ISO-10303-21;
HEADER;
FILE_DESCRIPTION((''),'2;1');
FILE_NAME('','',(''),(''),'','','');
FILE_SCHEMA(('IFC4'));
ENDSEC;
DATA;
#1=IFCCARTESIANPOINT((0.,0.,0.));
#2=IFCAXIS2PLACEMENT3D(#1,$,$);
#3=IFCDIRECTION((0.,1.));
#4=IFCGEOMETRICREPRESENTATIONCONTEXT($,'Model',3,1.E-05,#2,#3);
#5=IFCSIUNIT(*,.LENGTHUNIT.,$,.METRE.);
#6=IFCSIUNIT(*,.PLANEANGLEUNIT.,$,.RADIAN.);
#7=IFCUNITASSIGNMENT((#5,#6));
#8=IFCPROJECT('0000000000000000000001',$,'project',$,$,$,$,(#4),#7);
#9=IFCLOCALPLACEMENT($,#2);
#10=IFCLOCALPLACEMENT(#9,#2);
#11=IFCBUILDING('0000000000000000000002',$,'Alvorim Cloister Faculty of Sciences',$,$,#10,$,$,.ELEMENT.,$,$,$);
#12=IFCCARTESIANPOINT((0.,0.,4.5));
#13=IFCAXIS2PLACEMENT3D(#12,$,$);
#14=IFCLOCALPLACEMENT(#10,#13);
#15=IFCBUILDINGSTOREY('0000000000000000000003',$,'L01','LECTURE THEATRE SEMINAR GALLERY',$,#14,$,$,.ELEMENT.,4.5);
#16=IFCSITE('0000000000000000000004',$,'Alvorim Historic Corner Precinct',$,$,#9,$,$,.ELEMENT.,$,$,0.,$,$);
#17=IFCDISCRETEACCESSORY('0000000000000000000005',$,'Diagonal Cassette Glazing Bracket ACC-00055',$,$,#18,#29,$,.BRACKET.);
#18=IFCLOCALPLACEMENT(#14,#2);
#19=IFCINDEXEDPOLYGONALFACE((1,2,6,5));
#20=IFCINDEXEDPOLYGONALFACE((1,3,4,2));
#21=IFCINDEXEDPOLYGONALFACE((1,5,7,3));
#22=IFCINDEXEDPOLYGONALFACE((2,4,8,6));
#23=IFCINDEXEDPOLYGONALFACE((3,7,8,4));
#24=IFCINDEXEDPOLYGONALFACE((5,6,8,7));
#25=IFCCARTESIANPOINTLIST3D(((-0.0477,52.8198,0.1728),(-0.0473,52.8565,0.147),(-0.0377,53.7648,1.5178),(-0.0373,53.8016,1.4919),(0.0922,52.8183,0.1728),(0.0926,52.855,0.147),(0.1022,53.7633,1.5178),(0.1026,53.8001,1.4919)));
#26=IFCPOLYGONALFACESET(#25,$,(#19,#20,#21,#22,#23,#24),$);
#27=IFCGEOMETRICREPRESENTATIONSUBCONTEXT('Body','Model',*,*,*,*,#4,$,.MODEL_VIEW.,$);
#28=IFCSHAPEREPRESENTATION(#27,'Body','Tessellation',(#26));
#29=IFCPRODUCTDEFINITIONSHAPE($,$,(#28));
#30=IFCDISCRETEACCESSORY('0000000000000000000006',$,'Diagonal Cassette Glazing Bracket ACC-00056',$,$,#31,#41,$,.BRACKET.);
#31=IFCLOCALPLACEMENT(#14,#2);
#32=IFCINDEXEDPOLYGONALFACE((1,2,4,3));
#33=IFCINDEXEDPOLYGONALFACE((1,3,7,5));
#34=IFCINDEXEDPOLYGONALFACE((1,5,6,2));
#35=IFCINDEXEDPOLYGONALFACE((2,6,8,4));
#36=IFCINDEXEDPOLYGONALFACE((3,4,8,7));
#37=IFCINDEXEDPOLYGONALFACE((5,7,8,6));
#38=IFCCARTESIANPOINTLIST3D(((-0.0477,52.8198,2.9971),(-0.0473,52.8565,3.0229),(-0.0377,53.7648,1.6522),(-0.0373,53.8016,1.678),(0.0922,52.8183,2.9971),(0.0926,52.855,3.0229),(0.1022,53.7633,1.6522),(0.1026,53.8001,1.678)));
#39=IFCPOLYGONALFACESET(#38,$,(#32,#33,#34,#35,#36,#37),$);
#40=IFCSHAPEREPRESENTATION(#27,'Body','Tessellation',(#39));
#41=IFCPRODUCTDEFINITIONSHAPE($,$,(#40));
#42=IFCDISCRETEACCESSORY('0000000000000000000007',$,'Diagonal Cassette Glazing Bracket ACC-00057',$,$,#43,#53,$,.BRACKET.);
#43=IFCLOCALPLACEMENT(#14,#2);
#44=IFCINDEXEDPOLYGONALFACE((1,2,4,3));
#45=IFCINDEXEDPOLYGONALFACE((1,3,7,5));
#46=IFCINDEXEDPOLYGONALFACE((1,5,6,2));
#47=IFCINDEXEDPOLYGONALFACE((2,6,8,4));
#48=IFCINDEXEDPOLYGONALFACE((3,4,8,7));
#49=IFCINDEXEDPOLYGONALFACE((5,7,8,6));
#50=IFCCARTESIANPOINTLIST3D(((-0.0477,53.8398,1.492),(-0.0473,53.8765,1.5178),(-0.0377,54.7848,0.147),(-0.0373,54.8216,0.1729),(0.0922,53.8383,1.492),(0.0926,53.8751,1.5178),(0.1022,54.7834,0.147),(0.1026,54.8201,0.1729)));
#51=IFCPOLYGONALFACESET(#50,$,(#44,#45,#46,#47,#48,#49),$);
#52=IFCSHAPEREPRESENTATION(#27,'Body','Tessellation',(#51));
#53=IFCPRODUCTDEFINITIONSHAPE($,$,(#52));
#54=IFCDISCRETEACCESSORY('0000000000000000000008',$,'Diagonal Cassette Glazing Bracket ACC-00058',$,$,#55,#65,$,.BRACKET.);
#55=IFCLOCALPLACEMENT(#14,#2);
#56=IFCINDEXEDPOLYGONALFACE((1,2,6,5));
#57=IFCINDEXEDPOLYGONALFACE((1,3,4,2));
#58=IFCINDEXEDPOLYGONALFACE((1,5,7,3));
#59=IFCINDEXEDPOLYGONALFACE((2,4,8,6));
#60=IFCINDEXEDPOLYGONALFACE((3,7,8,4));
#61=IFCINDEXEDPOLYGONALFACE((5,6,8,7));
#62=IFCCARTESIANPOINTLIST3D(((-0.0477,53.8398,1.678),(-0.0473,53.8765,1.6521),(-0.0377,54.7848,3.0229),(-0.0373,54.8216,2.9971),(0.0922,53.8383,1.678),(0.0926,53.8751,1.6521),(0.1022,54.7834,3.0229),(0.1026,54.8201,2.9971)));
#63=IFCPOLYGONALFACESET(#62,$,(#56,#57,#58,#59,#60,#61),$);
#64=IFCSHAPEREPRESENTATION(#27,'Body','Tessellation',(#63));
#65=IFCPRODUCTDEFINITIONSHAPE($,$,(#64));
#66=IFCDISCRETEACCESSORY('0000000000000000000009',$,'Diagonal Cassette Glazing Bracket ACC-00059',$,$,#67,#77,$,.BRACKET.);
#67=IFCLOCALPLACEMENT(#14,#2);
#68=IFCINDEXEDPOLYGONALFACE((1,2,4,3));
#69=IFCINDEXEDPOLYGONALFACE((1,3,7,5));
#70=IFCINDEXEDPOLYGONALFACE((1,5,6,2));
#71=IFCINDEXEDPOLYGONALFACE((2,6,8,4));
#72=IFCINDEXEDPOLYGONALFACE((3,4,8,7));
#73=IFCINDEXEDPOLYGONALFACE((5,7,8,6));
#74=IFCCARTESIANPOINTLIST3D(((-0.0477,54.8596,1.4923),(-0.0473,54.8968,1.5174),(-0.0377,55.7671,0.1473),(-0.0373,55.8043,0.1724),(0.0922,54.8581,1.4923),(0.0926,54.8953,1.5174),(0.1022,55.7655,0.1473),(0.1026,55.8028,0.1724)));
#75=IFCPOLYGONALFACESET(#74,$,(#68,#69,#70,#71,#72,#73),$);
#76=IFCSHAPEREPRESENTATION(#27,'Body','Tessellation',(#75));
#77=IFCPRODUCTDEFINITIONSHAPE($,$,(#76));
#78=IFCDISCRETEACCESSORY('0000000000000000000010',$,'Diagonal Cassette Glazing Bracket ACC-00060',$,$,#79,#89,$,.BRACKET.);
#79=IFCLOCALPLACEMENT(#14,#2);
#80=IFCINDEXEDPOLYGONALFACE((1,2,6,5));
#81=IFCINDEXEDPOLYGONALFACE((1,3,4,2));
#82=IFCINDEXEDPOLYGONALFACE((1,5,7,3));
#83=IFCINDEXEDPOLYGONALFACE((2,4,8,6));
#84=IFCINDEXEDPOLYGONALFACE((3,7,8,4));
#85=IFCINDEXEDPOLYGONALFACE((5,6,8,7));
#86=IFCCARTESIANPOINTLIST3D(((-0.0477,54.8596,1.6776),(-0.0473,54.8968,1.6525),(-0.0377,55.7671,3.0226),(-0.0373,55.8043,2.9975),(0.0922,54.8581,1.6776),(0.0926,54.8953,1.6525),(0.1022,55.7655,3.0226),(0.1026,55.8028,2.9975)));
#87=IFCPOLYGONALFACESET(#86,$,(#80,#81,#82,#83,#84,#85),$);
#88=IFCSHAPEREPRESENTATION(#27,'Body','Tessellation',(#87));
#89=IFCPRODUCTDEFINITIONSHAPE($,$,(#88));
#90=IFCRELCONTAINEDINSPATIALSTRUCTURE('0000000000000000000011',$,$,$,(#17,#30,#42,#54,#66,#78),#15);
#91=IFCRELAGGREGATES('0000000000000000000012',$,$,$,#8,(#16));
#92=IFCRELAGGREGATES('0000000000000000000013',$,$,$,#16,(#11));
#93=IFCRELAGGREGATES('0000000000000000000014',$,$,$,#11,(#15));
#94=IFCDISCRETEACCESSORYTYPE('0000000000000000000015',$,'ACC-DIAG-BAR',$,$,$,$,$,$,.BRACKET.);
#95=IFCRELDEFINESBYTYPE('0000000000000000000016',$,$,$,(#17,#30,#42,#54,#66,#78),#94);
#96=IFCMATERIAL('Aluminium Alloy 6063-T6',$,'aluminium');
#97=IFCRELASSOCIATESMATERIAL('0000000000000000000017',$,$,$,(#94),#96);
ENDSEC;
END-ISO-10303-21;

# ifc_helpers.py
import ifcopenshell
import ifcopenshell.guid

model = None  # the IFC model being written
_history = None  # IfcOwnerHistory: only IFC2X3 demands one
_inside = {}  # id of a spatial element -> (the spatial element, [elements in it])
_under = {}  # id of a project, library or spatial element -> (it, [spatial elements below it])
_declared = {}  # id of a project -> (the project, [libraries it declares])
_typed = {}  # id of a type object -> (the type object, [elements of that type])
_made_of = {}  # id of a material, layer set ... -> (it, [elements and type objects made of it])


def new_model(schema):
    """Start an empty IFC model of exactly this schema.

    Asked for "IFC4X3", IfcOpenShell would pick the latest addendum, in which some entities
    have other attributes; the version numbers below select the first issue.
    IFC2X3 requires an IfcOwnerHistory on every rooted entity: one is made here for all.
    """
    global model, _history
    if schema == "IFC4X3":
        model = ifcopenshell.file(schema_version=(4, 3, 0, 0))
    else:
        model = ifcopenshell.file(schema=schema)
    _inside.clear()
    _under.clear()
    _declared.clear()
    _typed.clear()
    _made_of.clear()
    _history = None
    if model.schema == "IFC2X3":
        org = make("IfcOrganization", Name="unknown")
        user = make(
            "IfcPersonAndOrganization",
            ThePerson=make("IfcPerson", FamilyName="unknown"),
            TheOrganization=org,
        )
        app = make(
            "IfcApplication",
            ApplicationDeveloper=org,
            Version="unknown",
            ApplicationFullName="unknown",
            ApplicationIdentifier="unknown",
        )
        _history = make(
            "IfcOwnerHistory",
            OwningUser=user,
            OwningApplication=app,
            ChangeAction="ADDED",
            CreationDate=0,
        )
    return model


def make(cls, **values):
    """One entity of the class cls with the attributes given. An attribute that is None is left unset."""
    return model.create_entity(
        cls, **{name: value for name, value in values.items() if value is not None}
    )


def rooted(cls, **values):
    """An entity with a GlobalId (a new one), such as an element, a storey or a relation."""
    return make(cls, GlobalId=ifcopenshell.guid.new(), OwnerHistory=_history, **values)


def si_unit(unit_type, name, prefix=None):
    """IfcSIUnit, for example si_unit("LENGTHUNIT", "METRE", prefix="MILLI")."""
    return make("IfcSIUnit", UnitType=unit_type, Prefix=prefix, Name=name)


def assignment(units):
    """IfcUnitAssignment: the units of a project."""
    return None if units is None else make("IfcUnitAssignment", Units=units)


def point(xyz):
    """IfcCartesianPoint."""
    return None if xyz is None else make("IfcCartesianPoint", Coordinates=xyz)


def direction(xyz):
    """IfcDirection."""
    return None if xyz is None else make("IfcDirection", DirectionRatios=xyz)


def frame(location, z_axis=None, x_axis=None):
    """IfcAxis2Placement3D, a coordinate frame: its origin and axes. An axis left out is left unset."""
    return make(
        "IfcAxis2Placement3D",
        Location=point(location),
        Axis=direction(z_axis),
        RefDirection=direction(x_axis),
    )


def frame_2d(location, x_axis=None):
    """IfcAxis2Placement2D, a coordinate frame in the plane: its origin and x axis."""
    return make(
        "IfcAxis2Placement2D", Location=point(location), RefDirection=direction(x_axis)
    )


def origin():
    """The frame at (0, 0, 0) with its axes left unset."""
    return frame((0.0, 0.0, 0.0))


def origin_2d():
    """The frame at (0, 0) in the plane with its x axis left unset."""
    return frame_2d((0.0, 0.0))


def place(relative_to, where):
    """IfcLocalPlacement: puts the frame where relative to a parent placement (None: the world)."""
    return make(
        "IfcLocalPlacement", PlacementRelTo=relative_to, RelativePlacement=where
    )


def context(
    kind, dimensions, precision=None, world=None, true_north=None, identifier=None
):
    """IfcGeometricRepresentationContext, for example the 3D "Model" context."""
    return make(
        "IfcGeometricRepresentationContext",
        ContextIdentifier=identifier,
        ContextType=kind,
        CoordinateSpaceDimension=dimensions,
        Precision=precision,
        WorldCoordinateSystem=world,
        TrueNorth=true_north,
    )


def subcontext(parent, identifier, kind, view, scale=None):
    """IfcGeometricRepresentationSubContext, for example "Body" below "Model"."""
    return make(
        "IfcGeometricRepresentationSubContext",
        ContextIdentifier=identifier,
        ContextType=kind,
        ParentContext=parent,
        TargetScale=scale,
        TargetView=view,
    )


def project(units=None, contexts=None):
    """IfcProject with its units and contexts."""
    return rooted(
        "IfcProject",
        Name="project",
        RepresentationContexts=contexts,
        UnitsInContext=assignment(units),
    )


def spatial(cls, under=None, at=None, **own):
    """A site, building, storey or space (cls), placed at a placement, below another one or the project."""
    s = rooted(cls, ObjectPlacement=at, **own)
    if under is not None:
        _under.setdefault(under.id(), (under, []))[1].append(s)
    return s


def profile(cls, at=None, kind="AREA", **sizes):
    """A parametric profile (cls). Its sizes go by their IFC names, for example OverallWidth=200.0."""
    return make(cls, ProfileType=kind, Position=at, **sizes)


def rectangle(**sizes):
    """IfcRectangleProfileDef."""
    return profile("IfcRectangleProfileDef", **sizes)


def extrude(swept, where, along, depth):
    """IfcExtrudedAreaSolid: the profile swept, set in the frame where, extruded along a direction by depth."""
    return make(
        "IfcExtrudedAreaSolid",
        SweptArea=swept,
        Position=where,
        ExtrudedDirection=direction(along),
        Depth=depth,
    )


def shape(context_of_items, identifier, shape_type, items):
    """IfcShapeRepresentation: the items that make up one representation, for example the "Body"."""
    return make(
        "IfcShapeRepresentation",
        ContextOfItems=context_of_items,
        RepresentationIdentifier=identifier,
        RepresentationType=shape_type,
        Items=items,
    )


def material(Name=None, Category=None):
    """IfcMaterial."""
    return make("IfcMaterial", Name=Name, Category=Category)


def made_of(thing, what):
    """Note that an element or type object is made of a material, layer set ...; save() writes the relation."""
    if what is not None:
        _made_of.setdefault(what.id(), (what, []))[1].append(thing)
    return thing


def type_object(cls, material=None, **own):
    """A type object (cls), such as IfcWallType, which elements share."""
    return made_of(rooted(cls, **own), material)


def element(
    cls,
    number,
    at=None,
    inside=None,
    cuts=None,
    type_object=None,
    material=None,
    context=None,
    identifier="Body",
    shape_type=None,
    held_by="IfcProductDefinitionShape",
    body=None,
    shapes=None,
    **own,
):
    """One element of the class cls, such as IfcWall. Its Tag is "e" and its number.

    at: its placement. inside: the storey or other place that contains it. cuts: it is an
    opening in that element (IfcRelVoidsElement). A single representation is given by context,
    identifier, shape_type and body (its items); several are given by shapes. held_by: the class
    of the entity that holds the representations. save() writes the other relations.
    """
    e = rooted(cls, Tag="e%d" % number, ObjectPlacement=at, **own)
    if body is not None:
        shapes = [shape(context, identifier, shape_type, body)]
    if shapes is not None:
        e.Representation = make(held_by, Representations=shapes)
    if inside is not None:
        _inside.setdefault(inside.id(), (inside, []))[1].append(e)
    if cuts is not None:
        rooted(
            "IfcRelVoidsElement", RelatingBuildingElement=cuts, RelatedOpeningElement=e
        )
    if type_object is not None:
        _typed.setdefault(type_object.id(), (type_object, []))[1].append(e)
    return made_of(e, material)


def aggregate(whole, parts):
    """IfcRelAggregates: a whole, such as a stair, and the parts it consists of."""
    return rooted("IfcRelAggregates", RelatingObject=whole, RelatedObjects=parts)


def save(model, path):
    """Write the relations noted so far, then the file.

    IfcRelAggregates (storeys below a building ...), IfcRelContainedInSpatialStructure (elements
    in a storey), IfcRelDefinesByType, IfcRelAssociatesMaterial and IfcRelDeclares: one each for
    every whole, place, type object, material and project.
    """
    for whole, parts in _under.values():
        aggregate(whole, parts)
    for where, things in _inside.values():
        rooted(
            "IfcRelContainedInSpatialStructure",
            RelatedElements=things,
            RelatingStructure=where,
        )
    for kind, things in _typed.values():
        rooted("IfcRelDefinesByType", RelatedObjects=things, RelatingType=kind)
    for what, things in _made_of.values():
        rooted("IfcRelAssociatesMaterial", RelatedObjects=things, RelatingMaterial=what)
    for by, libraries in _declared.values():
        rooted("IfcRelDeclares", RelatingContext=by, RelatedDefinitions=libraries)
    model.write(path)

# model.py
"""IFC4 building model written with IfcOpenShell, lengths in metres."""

from ifc_helpers import new_model, si_unit, direction, frame, origin, origin_2d, place, context, subcontext, project, spatial, rectangle, extrude, material, type_object, element, save


model = new_model("IFC4")

# Units and contexts
model_context = context("Model", 3, precision=1e-05, world=origin(), true_north=direction((0.0, 1.0)))
body_context = subcontext(model_context, "Body", "Model", "MODEL_VIEW")
ifc_project = project(units=[si_unit("LENGTHUNIT", "METRE"), si_unit("PLANEANGLEUNIT", "RADIAN")], contexts=[model_context])

# Site, building, storey
site_placement = place(None, origin())
site = spatial("IfcSite", under=ifc_project, at=site_placement, Name="Alvorim Historic Corner Precinct", CompositionType="ELEMENT", RefElevation=0.0)
building_placement = place(site_placement, origin())
building = spatial("IfcBuilding", under=site, at=building_placement, Name="Alvorim Cloister Faculty of Sciences", CompositionType="ELEMENT")
storey_placement = place(building_placement, frame((0.0, 0.0, 4.5)))
storey = spatial("IfcBuildingStorey", under=building, at=storey_placement, Name="L01", Description="LECTURE THEATRE SEMINAR GALLERY", CompositionType="ELEMENT", Elevation=4.5)

# Shared definitions
ifc_material_1 = material(Name="Aluminium Alloy 6063-T6", Category="aluminium")

# Discrete accessories
discrete_accessory_type = type_object("IfcDiscreteAccessoryType", Name="ACC-DIAG-BAR", PredefinedType="BRACKET", material=ifc_material_1)
for number, where, z_axis, x_axis, name in (
    (1, (0.0225, 52.8374, 0.1599), (0.006089, 0.574916, 0.81819), (-0.999944, 0.010591, 0.0), "Diagonal Cassette Glazing Bracket ACC-00055"),
    (2, (0.0225, 52.8374, 3.01), (0.006089, 0.574916, -0.81819), (-0.999944, 0.010591, 0.0), "Diagonal Cassette Glazing Bracket ACC-00056"),
    (3, (0.0225, 53.8574, 1.5049), (0.006089, 0.574916, -0.81819), (-0.999944, 0.010591, 0.0), "Diagonal Cassette Glazing Bracket ACC-00057"),
    (4, (0.0225, 53.8574, 1.665), (0.006089, 0.574916, 0.81819), (-0.999944, 0.010591, 0.0), "Diagonal Cassette Glazing Bracket ACC-00058"),
):
    element("IfcDiscreteAccessory", number, at=place(storey_placement, frame(where, z_axis=z_axis, x_axis=x_axis)), inside=storey, type_object=discrete_accessory_type, Name=name, PredefinedType="BRACKET", context=body_context, shape_type="SweptSolid", body=[
        extrude(rectangle(XDim=0.1399, YDim=0.0449, at=origin_2d()), origin(), (0.0, 0.0, 1.0), 1.6438),
    ])
for number, where, z_axis, x_axis, name in (
    (5, (0.0225, 54.8774, 1.5049), (0.006169, 0.559299, -0.828943), (-0.999939, 0.01103, 0.0), "Diagonal Cassette Glazing Bracket ACC-00059"),
    (6, (0.0225, 54.8774, 1.665), (0.006169, 0.559299, 0.828943), (-0.999939, 0.01103, 0.0), "Diagonal Cassette Glazing Bracket ACC-00060"),
):
    element("IfcDiscreteAccessory", number, at=place(storey_placement, frame(where, z_axis=z_axis, x_axis=x_axis)), inside=storey, type_object=discrete_accessory_type, Name=name, PredefinedType="BRACKET", context=body_context, shape_type="SweptSolid", body=[
        extrude(rectangle(XDim=0.1399, YDim=0.0449, at=origin_2d()), origin(), (0.0, 0.0, 1.0), 1.6226),
    ])

save(model, "model.ifc")
